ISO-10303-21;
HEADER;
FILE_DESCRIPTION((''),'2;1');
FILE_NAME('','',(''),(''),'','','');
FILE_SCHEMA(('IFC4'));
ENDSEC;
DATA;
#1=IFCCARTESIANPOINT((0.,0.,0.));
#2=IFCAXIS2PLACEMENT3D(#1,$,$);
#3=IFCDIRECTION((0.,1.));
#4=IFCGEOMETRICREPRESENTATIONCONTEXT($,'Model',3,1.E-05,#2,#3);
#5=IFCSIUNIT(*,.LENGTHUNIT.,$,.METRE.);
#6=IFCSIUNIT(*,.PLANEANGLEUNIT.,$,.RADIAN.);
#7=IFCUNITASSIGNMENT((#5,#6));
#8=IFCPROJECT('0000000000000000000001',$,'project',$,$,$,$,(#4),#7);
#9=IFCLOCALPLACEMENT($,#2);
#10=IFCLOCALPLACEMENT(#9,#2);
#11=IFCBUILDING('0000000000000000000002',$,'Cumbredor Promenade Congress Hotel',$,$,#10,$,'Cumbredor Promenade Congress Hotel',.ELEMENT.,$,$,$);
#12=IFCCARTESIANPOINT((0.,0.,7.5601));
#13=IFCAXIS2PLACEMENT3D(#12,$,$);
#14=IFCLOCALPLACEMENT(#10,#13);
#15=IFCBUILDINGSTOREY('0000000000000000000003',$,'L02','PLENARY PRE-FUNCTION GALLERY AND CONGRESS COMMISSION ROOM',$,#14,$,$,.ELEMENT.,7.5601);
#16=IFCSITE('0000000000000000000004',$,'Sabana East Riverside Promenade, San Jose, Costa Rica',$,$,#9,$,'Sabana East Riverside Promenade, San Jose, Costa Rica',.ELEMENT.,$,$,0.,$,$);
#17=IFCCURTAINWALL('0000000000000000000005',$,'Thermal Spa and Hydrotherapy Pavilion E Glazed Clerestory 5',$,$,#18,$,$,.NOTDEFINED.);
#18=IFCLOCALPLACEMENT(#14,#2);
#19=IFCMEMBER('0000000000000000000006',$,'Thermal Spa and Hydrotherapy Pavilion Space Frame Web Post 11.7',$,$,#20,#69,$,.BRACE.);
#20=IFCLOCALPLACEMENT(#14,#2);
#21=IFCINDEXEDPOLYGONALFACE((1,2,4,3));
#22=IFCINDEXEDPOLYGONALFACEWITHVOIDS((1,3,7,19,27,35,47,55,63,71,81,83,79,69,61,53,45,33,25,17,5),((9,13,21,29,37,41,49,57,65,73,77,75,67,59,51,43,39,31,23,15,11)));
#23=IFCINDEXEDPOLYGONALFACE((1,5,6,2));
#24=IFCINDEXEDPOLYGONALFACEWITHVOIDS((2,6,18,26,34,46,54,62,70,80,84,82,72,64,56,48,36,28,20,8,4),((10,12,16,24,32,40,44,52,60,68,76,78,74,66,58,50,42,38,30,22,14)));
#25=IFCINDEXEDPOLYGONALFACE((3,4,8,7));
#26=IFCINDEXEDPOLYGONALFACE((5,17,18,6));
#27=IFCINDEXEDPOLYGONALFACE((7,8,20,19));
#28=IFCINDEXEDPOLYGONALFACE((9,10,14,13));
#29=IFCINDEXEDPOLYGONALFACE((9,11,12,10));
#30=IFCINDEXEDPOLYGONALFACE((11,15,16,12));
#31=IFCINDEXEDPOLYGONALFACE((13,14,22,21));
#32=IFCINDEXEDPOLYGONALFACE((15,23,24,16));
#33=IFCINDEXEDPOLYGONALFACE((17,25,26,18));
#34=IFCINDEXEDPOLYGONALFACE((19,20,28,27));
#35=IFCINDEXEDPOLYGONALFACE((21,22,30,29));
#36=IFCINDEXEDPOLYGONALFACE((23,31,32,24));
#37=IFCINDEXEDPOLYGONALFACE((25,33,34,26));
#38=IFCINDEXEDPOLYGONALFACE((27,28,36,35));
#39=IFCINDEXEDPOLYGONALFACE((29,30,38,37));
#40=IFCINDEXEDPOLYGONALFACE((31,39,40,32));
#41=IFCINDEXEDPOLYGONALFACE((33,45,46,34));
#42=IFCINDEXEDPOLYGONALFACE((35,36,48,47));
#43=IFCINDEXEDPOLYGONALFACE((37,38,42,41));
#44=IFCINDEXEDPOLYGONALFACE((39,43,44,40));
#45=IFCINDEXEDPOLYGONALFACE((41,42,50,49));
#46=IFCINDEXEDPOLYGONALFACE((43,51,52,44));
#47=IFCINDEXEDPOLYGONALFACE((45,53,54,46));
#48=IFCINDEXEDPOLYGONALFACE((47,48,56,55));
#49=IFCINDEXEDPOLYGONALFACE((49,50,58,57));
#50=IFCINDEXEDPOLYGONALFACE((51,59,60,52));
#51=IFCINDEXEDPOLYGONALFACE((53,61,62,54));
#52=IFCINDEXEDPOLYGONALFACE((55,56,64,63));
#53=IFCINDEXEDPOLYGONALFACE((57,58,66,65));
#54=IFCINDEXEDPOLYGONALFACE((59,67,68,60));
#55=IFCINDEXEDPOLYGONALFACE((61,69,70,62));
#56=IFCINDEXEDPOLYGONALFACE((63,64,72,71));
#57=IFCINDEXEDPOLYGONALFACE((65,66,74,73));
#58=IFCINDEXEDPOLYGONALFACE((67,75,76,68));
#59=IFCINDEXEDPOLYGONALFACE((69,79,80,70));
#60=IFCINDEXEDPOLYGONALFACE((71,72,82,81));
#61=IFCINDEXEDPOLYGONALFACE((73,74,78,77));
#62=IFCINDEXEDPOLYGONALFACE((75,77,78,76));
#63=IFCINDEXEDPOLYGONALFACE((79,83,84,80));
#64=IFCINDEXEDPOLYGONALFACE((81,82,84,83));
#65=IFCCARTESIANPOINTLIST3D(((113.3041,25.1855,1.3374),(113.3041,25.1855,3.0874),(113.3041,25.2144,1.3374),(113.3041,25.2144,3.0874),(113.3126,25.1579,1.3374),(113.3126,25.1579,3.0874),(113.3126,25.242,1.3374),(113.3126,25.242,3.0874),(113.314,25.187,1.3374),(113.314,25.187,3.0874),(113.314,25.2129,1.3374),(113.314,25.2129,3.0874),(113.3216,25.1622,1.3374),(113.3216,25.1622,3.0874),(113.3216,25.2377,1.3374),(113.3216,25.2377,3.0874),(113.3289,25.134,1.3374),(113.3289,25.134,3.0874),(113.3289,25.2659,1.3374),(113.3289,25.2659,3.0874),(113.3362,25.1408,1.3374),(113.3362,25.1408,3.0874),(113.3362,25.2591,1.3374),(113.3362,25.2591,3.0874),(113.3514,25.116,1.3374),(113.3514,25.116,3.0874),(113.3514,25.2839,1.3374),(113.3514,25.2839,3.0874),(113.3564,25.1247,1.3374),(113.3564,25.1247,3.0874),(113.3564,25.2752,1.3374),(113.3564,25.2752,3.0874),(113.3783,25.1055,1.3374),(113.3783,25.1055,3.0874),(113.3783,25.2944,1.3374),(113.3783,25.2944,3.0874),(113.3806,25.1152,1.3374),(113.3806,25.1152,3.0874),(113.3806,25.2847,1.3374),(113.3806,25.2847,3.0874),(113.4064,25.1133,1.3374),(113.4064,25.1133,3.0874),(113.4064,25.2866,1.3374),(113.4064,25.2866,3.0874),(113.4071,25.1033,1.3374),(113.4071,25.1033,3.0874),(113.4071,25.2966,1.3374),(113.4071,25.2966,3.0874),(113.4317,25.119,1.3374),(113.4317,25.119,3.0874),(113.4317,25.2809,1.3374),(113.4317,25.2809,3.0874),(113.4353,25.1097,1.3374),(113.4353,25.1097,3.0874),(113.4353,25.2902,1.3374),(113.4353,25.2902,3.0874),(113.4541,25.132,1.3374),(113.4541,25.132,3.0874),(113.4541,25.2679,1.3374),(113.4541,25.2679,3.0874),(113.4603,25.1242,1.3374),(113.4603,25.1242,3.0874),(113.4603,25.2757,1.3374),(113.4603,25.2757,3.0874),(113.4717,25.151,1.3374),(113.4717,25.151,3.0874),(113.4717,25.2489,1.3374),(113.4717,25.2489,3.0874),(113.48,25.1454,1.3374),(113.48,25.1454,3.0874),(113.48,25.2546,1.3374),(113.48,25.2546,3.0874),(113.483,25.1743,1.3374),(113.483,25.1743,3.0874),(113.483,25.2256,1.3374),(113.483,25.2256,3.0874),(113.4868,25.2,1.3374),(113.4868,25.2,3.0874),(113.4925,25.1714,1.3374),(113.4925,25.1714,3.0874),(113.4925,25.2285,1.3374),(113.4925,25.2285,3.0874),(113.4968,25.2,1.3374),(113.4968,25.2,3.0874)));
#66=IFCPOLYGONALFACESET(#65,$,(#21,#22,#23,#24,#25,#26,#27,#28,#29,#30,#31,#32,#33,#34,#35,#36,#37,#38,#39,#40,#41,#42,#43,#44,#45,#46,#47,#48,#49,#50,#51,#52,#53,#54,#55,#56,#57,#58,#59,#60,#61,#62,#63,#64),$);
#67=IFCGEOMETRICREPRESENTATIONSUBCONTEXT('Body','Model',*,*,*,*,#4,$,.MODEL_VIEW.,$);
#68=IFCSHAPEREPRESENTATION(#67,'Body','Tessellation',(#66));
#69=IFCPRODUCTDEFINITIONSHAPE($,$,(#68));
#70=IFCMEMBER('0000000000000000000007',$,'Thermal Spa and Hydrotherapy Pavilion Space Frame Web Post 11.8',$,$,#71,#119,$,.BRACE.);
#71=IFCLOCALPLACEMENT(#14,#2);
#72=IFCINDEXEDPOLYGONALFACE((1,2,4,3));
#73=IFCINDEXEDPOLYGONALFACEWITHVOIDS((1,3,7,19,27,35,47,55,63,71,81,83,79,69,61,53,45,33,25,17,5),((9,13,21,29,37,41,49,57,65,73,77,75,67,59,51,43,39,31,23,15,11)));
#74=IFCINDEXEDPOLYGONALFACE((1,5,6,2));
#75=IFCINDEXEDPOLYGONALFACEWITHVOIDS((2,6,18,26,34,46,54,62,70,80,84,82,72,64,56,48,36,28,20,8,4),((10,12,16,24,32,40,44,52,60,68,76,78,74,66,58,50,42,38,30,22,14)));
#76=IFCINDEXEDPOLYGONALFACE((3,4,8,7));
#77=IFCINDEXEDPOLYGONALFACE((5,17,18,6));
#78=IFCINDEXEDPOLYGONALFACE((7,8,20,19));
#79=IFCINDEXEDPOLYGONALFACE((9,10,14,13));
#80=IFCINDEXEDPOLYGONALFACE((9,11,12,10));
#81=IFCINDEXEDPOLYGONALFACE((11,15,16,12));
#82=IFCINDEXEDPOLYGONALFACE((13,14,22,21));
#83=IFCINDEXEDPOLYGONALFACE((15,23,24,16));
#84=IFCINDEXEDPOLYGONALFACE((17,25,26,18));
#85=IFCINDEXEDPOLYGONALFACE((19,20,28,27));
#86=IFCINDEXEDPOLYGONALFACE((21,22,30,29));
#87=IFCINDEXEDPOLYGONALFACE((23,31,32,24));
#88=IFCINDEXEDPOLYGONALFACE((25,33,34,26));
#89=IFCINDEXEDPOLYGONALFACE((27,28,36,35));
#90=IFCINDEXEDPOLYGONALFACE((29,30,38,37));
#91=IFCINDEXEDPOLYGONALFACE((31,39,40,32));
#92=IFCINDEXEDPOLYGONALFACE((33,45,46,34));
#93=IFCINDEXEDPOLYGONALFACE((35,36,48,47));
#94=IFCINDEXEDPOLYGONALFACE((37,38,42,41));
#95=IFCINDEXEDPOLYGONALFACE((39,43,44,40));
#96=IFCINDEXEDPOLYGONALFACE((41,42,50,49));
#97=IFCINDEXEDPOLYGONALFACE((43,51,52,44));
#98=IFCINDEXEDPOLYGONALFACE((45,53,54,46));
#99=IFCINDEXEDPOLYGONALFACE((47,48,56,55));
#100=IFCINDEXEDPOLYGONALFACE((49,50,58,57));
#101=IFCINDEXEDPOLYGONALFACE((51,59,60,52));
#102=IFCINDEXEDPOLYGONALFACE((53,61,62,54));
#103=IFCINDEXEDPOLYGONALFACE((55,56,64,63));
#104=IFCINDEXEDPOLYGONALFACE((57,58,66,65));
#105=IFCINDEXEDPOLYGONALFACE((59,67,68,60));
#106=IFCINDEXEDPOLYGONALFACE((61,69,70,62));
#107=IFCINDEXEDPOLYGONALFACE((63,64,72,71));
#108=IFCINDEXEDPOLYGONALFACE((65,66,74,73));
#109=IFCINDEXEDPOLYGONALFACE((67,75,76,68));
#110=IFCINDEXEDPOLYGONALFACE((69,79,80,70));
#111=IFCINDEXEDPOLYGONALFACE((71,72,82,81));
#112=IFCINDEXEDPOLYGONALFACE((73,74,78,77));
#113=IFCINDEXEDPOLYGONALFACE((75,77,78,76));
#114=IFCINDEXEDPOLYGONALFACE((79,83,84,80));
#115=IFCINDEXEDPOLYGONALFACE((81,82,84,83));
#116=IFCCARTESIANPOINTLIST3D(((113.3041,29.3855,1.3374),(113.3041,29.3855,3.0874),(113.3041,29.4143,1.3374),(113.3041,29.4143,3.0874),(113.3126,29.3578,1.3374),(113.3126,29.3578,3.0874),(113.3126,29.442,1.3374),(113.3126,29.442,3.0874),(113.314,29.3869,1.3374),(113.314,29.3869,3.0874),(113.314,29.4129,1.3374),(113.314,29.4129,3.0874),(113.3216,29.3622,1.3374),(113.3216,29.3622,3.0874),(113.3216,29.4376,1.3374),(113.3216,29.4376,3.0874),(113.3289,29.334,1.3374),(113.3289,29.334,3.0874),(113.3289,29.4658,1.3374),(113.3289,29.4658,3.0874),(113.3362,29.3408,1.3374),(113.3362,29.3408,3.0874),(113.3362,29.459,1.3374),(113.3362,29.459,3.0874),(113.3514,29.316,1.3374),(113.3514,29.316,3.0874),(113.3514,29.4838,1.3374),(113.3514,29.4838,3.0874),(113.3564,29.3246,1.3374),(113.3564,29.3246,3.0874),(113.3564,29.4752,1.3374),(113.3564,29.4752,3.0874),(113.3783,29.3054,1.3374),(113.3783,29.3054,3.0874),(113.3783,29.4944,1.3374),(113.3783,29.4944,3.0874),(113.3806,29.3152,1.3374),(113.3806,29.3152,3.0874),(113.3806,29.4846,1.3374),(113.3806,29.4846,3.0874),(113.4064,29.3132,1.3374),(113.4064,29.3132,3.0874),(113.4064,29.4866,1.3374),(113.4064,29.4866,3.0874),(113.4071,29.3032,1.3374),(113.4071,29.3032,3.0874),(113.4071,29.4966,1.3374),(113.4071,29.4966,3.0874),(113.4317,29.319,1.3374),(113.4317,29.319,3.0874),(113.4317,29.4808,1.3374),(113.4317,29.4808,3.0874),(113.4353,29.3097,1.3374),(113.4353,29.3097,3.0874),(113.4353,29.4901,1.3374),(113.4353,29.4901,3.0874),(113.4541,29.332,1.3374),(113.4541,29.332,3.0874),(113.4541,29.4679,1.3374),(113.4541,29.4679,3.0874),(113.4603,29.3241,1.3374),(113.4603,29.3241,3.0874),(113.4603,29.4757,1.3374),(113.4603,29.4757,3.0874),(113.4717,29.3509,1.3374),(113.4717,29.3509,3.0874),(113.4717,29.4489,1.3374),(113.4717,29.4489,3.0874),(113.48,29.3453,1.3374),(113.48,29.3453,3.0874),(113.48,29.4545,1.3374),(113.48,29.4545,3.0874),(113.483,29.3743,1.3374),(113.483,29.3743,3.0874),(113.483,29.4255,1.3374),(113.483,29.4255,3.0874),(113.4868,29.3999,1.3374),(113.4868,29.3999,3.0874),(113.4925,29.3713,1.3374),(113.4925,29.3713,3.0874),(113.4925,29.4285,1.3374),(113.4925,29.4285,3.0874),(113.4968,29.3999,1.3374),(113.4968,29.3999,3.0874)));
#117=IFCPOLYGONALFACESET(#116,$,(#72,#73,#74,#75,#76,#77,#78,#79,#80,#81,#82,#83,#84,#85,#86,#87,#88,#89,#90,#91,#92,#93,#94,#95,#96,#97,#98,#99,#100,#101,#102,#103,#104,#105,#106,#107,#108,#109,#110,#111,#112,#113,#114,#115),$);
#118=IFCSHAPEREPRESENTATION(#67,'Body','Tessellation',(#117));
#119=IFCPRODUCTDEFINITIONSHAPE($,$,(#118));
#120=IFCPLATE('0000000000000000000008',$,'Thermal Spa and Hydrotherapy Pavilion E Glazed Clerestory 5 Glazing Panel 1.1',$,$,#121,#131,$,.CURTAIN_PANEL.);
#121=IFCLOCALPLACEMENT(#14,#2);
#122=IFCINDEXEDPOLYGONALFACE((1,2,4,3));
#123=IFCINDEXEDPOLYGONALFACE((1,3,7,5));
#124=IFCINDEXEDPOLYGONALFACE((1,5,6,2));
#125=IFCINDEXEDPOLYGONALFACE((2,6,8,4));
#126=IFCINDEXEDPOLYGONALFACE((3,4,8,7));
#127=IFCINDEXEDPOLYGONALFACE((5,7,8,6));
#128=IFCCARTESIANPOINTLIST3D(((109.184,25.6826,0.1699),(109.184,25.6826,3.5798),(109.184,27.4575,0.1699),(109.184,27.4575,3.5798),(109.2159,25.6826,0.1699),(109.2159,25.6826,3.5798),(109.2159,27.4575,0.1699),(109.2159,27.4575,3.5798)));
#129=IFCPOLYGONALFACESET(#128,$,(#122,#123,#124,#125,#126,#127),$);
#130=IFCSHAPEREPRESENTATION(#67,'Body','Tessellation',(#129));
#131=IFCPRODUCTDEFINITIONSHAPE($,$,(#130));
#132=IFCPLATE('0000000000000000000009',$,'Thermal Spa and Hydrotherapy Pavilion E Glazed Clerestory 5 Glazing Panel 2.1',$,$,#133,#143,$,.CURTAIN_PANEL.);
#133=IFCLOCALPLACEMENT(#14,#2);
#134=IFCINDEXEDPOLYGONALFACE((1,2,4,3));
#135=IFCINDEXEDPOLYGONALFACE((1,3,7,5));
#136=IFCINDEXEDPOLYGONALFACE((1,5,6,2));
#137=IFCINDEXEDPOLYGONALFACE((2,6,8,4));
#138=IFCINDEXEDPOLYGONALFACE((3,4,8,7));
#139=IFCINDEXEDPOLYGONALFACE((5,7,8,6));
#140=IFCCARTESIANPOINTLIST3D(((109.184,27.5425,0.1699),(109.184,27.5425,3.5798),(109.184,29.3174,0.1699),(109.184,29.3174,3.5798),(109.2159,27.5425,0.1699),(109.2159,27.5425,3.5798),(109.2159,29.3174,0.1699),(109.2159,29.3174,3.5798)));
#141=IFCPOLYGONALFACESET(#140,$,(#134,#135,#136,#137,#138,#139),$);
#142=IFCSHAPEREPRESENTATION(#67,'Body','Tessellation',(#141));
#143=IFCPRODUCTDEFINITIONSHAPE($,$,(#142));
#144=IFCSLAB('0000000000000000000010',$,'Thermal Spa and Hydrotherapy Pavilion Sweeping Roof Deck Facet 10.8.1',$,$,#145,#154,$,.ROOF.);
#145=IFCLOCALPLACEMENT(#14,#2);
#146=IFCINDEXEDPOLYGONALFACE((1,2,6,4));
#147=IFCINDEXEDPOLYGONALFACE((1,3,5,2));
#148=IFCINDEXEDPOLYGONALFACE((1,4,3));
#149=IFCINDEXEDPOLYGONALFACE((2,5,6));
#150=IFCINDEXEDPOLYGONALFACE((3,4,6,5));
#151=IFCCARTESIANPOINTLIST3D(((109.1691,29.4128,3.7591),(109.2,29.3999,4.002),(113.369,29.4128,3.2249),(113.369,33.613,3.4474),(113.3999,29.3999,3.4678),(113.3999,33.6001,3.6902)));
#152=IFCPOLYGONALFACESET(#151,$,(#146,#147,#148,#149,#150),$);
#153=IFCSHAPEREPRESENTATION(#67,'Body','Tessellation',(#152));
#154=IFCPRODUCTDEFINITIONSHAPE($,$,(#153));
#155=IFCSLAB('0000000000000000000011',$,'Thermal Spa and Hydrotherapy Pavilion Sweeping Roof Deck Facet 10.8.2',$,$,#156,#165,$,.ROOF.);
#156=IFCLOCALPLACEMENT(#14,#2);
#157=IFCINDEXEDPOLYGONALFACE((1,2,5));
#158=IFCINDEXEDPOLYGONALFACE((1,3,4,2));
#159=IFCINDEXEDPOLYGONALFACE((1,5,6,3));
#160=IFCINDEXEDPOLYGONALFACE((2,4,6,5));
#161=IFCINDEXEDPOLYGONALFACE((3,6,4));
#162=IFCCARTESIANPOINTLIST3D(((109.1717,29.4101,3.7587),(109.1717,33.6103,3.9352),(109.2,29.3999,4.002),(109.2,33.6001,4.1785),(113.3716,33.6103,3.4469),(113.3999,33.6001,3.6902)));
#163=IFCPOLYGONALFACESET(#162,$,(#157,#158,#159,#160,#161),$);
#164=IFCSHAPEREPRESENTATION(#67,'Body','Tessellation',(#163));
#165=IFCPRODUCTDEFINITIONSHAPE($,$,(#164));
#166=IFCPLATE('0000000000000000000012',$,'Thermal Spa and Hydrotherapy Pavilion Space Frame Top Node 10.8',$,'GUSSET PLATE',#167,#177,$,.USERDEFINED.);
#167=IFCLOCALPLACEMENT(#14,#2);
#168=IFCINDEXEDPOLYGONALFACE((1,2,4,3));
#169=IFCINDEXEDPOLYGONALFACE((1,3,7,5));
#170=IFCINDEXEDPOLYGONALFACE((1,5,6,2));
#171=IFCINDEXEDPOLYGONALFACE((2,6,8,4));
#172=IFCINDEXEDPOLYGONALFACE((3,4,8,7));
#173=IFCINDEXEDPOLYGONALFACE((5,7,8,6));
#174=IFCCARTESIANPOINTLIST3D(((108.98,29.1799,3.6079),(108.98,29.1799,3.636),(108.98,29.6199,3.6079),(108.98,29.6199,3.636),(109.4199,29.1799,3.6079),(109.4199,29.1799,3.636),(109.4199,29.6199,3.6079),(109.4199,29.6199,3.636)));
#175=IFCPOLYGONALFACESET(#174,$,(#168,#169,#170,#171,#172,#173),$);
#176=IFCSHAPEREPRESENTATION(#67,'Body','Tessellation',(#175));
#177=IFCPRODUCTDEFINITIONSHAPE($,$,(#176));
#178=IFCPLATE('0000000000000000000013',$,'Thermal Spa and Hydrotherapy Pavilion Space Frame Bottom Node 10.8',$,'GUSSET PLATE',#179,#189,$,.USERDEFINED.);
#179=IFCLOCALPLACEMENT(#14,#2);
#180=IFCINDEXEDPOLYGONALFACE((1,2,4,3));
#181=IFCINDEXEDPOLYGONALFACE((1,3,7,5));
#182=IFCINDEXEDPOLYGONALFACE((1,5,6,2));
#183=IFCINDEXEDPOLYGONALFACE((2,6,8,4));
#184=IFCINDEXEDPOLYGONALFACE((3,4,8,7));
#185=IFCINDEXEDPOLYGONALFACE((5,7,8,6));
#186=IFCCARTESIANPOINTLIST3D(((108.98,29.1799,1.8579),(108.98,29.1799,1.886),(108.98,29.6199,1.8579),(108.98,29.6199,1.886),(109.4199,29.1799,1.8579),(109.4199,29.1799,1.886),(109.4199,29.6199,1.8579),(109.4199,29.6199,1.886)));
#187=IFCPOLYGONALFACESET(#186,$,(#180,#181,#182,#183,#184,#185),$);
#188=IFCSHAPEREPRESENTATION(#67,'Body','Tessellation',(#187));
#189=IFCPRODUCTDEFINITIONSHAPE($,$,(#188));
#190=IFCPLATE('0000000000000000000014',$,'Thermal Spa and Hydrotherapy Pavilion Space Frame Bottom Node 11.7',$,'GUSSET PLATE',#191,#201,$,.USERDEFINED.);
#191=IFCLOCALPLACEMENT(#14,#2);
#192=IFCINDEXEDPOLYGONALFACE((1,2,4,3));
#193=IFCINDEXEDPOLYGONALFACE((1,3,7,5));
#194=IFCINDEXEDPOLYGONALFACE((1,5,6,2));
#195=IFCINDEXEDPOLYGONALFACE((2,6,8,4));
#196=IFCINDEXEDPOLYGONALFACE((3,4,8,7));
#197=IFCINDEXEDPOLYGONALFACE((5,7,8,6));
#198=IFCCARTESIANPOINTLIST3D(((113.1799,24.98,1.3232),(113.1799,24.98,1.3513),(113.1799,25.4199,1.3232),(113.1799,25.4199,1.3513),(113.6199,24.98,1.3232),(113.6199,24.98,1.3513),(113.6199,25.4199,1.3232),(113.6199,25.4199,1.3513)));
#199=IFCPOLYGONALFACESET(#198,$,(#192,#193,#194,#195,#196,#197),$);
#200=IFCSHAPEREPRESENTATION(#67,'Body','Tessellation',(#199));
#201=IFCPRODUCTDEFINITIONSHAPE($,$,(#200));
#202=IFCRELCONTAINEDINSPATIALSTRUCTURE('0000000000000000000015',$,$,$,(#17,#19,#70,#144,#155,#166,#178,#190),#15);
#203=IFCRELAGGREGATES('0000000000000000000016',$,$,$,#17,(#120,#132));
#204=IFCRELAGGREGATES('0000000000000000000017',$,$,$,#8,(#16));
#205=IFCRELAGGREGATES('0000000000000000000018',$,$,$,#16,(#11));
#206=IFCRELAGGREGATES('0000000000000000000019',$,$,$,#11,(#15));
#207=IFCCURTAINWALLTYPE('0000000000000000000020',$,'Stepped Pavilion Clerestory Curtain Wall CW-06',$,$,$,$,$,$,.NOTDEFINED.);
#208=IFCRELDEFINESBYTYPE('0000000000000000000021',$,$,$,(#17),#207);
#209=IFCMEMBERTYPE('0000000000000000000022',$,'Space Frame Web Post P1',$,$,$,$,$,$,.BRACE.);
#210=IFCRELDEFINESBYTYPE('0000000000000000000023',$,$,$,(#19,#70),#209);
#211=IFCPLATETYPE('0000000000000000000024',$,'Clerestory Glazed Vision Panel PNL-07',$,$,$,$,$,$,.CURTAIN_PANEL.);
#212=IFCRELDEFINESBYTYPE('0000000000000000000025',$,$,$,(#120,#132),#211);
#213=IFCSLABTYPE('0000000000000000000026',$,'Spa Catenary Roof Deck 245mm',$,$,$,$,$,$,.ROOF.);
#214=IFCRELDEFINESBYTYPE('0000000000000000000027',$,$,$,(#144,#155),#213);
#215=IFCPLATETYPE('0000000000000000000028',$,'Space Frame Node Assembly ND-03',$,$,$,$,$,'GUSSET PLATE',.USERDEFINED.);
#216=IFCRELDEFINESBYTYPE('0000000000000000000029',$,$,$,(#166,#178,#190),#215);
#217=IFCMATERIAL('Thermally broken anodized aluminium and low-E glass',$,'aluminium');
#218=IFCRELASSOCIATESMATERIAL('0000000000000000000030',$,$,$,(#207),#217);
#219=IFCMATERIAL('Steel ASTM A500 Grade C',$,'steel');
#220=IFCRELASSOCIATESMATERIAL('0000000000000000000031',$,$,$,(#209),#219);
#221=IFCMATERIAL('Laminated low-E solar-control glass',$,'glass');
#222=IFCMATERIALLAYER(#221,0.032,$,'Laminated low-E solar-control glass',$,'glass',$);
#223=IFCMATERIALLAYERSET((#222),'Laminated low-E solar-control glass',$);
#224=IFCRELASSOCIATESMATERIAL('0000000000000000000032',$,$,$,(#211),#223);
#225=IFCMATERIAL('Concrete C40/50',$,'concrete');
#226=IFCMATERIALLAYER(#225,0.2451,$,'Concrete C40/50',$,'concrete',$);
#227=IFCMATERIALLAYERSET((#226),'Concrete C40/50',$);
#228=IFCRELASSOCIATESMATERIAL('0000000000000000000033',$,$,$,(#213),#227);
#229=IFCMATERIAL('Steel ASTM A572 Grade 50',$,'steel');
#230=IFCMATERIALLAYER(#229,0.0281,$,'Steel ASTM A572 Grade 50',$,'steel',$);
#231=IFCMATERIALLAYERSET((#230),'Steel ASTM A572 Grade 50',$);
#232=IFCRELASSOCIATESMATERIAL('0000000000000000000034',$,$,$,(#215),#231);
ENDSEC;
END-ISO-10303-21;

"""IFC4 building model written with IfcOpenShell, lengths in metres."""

from ifc_helpers import new_model, si_unit, direction, frame, origin, origin_2d, place, context, subcontext, project, spatial, polyline, rectangle, hollow_circle, outline, extrude, material, layer, layer_set, material_profile, profile_set, type_object, element, aggregate, save


model = new_model("IFC4")

# Units and contexts
model_context = context("Model", 3, precision=1e-05, world=origin(), true_north=direction((0.0, 1.0)))
body_context = subcontext(model_context, "Body", "Model", "MODEL_VIEW")
ifc_project = project(units=[si_unit("LENGTHUNIT", "METRE"), si_unit("PLANEANGLEUNIT", "RADIAN")], contexts=[model_context])

# Site, building, storey
site_placement = place(None, origin())
site = spatial("IfcSite", under=ifc_project, at=site_placement, Name="Sabana East Riverside Promenade, San Jose, Costa Rica", LongName="Sabana East Riverside Promenade, San Jose, Costa Rica", CompositionType="ELEMENT", RefElevation=0.0)
building_placement = place(site_placement, origin())
building = spatial("IfcBuilding", under=site, at=building_placement, Name="Cumbredor Promenade Congress Hotel", LongName="Cumbredor Promenade Congress Hotel", CompositionType="ELEMENT")
storey_placement = place(building_placement, frame((0.0, 0.0, 7.5601)))
storey = spatial("IfcBuildingStorey", under=building, at=storey_placement, Name="L02", Description="PLENARY PRE-FUNCTION GALLERY AND CONGRESS COMMISSION ROOM", CompositionType="ELEMENT", Elevation=7.5601)

# Curtain wall
ifc_material_1 = material(Name="Thermally broken anodized aluminium and low-E glass", Category="aluminium")
curtain_wall_type = type_object("IfcCurtainWallType", Name="Stepped Pavilion Clerestory Curtain Wall CW-06", PredefinedType="NOTDEFINED", material=ifc_material_1)
curtain_wall_1_placement = place(storey_placement, origin())
curtain_wall_1 = element("IfcCurtainWall", 1, at=curtain_wall_1_placement, inside=storey, type_object=curtain_wall_type, Name="Thermal Spa and Hydrotherapy Pavilion E Glazed Clerestory 5", PredefinedType="NOTDEFINED")

# Members
ifc_material_2 = material(Name="Steel ASTM A500 Grade C", Category="steel")
ifc_material_profile_1 = material_profile(ifc_material_2, hollow_circle(Radius=0.0969, WallThickness=0.01, at=origin_2d()), Name="CHS 193.7x10")
ifc_profile_set_1 = profile_set([ifc_material_profile_1], Name="Steel ASTM A500 Grade C")
member_type_1 = type_object("IfcMemberType", Name="Space Frame Web Post P1", PredefinedType="BRACE", material=ifc_profile_set_1)
for number, where, z_axis, x_axis, name in (
    (2, (113.3999, 25.2, 1.3374), (0.0, 0.0, 1.0), (1.0, 0.0, 0.0), "Thermal Spa and Hydrotherapy Pavilion Space Frame Web Post 11.7"),
    (3, (113.3999, 29.3999, 1.3374), (0.0, 0.0, 1.0), (1.0, 0.0, 0.0), "Thermal Spa and Hydrotherapy Pavilion Space Frame Web Post 11.8"),
):
    element("IfcMember", number, at=place(storey_placement, frame(where, z_axis=z_axis, x_axis=x_axis)), inside=storey, type_object=member_type_1, Name=name, PredefinedType="BRACE", context=body_context, shape_type="SweptSolid", body=[
        extrude(hollow_circle(Radius=0.0969, WallThickness=0.01, at=origin_2d()), origin(), (0.0, 0.0, 1.0), 1.75),
    ])

# Plates
ifc_material_3 = material(Name="Laminated low-E solar-control glass", Category="glass")
ifc_layer_1 = layer(ifc_material_3, 0.032, Name="Laminated low-E solar-control glass", Category="glass")
ifc_layer_set_1 = layer_set([ifc_layer_1], Name="Laminated low-E solar-control glass")
plate_type_1 = type_object("IfcPlateType", Name="Clerestory Glazed Vision Panel PNL-07", PredefinedType="CURTAIN_PANEL", material=ifc_layer_set_1)
plate_1_placement = place(storey_placement, frame((109.2, 26.5701, 0.1699), z_axis=(0.0, 0.0, 1.0), x_axis=(0.0, 1.0, 0.0)))
plate_1 = element("IfcPlate", 4, at=plate_1_placement, type_object=plate_type_1, Name="Thermal Spa and Hydrotherapy Pavilion E Glazed Clerestory 5 Glazing Panel 1.1", PredefinedType="CURTAIN_PANEL", context=body_context, shape_type="SweptSolid", body=[
    extrude(rectangle(XDim=1.7749, YDim=0.032, at=origin_2d()), origin(), (0.0, 0.0, 1.0), 3.4099),
])
plate_2_placement = place(storey_placement, frame((109.2, 28.4299, 0.1699), z_axis=(0.0, 0.0, 1.0), x_axis=(0.0, 1.0, 0.0)))
plate_2 = element("IfcPlate", 5, at=plate_2_placement, type_object=plate_type_1, Name="Thermal Spa and Hydrotherapy Pavilion E Glazed Clerestory 5 Glazing Panel 2.1", PredefinedType="CURTAIN_PANEL", context=body_context, shape_type="SweptSolid", body=[
    extrude(rectangle(XDim=1.7749, YDim=0.032, at=origin_2d()), origin(), (0.0, 0.0, 1.0), 3.4099),
])
aggregate(curtain_wall_1, [plate_1, plate_2])

# Slabs
ifc_material_4 = material(Name="Concrete C40/50", Category="concrete")
ifc_layer_2 = layer(ifc_material_4, 0.2451, Name="Concrete C40/50", Category="concrete")
ifc_layer_set_2 = layer_set([ifc_layer_2], Name="Concrete C40/50")
slab_type = type_object("IfcSlabType", Name="Spa Catenary Roof Deck 245mm", PredefinedType="ROOF", material=ifc_layer_set_2)
slab_1_placement = place(storey_placement, frame((109.2, 29.3999, 4.002), z_axis=(0.125997, -0.052457, 0.990643), x_axis=(0.992009, 0.0, -0.126171)))
element("IfcSlab", 6, at=slab_1_placement, inside=storey, type_object=slab_type, Name="Thermal Spa and Hydrotherapy Pavilion Sweeping Roof Deck Facet 10.8.1", PredefinedType="ROOF", context=body_context, shape_type="SweptSolid", body=[
    extrude(outline(polyline([(0.0, 0.0), (4.2338, 0.0), (4.2057, 4.206), (0.0, 0.0)])), origin(), (0.0, 0.0, -1.0), 0.2451),
])
slab_2_placement = place(storey_placement, frame((109.2, 29.3999, 4.002), z_axis=(0.115381, -0.041708, 0.992445), x_axis=(0.706114, 0.706155, -0.052416)))
element("IfcSlab", 7, at=slab_2_placement, inside=storey, type_object=slab_type, Name="Thermal Spa and Hydrotherapy Pavilion Sweeping Roof Deck Facet 10.8.2", PredefinedType="ROOF", context=body_context, shape_type="SweptSolid", body=[
    extrude(outline(polyline([(0.0, 0.0), (5.948, 0.0), (2.9567, 2.9884), (0.0, 0.0)])), origin(), (0.0, 0.0, -1.0), 0.2451),
])

# Plates
ifc_material_5 = material(Name="Steel ASTM A572 Grade 50", Category="steel")
ifc_layer_3 = layer(ifc_material_5, 0.0281, Name="Steel ASTM A572 Grade 50", Category="steel")
ifc_layer_set_3 = layer_set([ifc_layer_3], Name="Steel ASTM A572 Grade 50")
plate_type_2 = type_object("IfcPlateType", Name="Space Frame Node Assembly ND-03", ElementType="GUSSET PLATE", PredefinedType="USERDEFINED", material=ifc_layer_set_3)
for number, where, z_axis, x_axis, name in (
    (8, (109.2, 29.3999, 3.6079), (0.0, 0.0, 1.0), (1.0, 0.0, 0.0), "Thermal Spa and Hydrotherapy Pavilion Space Frame Top Node 10.8"),
    (9, (109.2, 29.3999, 1.8579), (0.0, 0.0, 1.0), (1.0, 0.0, 0.0), "Thermal Spa and Hydrotherapy Pavilion Space Frame Bottom Node 10.8"),
    (10, (113.3999, 25.2, 1.3232), (0.0, 0.0, 1.0), (1.0, 0.0, 0.0), "Thermal Spa and Hydrotherapy Pavilion Space Frame Bottom Node 11.7"),
):
    element("IfcPlate", number, at=place(storey_placement, frame(where, z_axis=z_axis, x_axis=x_axis)), inside=storey, type_object=plate_type_2, Name=name, ObjectType="GUSSET PLATE", PredefinedType="USERDEFINED", context=body_context, shape_type="SweptSolid", body=[
        extrude(rectangle(XDim=0.4399, YDim=0.4399, at=origin_2d()), origin(), (0.0, 0.0, 1.0), 0.0281),
    ])

save(model, "model.ifc")
